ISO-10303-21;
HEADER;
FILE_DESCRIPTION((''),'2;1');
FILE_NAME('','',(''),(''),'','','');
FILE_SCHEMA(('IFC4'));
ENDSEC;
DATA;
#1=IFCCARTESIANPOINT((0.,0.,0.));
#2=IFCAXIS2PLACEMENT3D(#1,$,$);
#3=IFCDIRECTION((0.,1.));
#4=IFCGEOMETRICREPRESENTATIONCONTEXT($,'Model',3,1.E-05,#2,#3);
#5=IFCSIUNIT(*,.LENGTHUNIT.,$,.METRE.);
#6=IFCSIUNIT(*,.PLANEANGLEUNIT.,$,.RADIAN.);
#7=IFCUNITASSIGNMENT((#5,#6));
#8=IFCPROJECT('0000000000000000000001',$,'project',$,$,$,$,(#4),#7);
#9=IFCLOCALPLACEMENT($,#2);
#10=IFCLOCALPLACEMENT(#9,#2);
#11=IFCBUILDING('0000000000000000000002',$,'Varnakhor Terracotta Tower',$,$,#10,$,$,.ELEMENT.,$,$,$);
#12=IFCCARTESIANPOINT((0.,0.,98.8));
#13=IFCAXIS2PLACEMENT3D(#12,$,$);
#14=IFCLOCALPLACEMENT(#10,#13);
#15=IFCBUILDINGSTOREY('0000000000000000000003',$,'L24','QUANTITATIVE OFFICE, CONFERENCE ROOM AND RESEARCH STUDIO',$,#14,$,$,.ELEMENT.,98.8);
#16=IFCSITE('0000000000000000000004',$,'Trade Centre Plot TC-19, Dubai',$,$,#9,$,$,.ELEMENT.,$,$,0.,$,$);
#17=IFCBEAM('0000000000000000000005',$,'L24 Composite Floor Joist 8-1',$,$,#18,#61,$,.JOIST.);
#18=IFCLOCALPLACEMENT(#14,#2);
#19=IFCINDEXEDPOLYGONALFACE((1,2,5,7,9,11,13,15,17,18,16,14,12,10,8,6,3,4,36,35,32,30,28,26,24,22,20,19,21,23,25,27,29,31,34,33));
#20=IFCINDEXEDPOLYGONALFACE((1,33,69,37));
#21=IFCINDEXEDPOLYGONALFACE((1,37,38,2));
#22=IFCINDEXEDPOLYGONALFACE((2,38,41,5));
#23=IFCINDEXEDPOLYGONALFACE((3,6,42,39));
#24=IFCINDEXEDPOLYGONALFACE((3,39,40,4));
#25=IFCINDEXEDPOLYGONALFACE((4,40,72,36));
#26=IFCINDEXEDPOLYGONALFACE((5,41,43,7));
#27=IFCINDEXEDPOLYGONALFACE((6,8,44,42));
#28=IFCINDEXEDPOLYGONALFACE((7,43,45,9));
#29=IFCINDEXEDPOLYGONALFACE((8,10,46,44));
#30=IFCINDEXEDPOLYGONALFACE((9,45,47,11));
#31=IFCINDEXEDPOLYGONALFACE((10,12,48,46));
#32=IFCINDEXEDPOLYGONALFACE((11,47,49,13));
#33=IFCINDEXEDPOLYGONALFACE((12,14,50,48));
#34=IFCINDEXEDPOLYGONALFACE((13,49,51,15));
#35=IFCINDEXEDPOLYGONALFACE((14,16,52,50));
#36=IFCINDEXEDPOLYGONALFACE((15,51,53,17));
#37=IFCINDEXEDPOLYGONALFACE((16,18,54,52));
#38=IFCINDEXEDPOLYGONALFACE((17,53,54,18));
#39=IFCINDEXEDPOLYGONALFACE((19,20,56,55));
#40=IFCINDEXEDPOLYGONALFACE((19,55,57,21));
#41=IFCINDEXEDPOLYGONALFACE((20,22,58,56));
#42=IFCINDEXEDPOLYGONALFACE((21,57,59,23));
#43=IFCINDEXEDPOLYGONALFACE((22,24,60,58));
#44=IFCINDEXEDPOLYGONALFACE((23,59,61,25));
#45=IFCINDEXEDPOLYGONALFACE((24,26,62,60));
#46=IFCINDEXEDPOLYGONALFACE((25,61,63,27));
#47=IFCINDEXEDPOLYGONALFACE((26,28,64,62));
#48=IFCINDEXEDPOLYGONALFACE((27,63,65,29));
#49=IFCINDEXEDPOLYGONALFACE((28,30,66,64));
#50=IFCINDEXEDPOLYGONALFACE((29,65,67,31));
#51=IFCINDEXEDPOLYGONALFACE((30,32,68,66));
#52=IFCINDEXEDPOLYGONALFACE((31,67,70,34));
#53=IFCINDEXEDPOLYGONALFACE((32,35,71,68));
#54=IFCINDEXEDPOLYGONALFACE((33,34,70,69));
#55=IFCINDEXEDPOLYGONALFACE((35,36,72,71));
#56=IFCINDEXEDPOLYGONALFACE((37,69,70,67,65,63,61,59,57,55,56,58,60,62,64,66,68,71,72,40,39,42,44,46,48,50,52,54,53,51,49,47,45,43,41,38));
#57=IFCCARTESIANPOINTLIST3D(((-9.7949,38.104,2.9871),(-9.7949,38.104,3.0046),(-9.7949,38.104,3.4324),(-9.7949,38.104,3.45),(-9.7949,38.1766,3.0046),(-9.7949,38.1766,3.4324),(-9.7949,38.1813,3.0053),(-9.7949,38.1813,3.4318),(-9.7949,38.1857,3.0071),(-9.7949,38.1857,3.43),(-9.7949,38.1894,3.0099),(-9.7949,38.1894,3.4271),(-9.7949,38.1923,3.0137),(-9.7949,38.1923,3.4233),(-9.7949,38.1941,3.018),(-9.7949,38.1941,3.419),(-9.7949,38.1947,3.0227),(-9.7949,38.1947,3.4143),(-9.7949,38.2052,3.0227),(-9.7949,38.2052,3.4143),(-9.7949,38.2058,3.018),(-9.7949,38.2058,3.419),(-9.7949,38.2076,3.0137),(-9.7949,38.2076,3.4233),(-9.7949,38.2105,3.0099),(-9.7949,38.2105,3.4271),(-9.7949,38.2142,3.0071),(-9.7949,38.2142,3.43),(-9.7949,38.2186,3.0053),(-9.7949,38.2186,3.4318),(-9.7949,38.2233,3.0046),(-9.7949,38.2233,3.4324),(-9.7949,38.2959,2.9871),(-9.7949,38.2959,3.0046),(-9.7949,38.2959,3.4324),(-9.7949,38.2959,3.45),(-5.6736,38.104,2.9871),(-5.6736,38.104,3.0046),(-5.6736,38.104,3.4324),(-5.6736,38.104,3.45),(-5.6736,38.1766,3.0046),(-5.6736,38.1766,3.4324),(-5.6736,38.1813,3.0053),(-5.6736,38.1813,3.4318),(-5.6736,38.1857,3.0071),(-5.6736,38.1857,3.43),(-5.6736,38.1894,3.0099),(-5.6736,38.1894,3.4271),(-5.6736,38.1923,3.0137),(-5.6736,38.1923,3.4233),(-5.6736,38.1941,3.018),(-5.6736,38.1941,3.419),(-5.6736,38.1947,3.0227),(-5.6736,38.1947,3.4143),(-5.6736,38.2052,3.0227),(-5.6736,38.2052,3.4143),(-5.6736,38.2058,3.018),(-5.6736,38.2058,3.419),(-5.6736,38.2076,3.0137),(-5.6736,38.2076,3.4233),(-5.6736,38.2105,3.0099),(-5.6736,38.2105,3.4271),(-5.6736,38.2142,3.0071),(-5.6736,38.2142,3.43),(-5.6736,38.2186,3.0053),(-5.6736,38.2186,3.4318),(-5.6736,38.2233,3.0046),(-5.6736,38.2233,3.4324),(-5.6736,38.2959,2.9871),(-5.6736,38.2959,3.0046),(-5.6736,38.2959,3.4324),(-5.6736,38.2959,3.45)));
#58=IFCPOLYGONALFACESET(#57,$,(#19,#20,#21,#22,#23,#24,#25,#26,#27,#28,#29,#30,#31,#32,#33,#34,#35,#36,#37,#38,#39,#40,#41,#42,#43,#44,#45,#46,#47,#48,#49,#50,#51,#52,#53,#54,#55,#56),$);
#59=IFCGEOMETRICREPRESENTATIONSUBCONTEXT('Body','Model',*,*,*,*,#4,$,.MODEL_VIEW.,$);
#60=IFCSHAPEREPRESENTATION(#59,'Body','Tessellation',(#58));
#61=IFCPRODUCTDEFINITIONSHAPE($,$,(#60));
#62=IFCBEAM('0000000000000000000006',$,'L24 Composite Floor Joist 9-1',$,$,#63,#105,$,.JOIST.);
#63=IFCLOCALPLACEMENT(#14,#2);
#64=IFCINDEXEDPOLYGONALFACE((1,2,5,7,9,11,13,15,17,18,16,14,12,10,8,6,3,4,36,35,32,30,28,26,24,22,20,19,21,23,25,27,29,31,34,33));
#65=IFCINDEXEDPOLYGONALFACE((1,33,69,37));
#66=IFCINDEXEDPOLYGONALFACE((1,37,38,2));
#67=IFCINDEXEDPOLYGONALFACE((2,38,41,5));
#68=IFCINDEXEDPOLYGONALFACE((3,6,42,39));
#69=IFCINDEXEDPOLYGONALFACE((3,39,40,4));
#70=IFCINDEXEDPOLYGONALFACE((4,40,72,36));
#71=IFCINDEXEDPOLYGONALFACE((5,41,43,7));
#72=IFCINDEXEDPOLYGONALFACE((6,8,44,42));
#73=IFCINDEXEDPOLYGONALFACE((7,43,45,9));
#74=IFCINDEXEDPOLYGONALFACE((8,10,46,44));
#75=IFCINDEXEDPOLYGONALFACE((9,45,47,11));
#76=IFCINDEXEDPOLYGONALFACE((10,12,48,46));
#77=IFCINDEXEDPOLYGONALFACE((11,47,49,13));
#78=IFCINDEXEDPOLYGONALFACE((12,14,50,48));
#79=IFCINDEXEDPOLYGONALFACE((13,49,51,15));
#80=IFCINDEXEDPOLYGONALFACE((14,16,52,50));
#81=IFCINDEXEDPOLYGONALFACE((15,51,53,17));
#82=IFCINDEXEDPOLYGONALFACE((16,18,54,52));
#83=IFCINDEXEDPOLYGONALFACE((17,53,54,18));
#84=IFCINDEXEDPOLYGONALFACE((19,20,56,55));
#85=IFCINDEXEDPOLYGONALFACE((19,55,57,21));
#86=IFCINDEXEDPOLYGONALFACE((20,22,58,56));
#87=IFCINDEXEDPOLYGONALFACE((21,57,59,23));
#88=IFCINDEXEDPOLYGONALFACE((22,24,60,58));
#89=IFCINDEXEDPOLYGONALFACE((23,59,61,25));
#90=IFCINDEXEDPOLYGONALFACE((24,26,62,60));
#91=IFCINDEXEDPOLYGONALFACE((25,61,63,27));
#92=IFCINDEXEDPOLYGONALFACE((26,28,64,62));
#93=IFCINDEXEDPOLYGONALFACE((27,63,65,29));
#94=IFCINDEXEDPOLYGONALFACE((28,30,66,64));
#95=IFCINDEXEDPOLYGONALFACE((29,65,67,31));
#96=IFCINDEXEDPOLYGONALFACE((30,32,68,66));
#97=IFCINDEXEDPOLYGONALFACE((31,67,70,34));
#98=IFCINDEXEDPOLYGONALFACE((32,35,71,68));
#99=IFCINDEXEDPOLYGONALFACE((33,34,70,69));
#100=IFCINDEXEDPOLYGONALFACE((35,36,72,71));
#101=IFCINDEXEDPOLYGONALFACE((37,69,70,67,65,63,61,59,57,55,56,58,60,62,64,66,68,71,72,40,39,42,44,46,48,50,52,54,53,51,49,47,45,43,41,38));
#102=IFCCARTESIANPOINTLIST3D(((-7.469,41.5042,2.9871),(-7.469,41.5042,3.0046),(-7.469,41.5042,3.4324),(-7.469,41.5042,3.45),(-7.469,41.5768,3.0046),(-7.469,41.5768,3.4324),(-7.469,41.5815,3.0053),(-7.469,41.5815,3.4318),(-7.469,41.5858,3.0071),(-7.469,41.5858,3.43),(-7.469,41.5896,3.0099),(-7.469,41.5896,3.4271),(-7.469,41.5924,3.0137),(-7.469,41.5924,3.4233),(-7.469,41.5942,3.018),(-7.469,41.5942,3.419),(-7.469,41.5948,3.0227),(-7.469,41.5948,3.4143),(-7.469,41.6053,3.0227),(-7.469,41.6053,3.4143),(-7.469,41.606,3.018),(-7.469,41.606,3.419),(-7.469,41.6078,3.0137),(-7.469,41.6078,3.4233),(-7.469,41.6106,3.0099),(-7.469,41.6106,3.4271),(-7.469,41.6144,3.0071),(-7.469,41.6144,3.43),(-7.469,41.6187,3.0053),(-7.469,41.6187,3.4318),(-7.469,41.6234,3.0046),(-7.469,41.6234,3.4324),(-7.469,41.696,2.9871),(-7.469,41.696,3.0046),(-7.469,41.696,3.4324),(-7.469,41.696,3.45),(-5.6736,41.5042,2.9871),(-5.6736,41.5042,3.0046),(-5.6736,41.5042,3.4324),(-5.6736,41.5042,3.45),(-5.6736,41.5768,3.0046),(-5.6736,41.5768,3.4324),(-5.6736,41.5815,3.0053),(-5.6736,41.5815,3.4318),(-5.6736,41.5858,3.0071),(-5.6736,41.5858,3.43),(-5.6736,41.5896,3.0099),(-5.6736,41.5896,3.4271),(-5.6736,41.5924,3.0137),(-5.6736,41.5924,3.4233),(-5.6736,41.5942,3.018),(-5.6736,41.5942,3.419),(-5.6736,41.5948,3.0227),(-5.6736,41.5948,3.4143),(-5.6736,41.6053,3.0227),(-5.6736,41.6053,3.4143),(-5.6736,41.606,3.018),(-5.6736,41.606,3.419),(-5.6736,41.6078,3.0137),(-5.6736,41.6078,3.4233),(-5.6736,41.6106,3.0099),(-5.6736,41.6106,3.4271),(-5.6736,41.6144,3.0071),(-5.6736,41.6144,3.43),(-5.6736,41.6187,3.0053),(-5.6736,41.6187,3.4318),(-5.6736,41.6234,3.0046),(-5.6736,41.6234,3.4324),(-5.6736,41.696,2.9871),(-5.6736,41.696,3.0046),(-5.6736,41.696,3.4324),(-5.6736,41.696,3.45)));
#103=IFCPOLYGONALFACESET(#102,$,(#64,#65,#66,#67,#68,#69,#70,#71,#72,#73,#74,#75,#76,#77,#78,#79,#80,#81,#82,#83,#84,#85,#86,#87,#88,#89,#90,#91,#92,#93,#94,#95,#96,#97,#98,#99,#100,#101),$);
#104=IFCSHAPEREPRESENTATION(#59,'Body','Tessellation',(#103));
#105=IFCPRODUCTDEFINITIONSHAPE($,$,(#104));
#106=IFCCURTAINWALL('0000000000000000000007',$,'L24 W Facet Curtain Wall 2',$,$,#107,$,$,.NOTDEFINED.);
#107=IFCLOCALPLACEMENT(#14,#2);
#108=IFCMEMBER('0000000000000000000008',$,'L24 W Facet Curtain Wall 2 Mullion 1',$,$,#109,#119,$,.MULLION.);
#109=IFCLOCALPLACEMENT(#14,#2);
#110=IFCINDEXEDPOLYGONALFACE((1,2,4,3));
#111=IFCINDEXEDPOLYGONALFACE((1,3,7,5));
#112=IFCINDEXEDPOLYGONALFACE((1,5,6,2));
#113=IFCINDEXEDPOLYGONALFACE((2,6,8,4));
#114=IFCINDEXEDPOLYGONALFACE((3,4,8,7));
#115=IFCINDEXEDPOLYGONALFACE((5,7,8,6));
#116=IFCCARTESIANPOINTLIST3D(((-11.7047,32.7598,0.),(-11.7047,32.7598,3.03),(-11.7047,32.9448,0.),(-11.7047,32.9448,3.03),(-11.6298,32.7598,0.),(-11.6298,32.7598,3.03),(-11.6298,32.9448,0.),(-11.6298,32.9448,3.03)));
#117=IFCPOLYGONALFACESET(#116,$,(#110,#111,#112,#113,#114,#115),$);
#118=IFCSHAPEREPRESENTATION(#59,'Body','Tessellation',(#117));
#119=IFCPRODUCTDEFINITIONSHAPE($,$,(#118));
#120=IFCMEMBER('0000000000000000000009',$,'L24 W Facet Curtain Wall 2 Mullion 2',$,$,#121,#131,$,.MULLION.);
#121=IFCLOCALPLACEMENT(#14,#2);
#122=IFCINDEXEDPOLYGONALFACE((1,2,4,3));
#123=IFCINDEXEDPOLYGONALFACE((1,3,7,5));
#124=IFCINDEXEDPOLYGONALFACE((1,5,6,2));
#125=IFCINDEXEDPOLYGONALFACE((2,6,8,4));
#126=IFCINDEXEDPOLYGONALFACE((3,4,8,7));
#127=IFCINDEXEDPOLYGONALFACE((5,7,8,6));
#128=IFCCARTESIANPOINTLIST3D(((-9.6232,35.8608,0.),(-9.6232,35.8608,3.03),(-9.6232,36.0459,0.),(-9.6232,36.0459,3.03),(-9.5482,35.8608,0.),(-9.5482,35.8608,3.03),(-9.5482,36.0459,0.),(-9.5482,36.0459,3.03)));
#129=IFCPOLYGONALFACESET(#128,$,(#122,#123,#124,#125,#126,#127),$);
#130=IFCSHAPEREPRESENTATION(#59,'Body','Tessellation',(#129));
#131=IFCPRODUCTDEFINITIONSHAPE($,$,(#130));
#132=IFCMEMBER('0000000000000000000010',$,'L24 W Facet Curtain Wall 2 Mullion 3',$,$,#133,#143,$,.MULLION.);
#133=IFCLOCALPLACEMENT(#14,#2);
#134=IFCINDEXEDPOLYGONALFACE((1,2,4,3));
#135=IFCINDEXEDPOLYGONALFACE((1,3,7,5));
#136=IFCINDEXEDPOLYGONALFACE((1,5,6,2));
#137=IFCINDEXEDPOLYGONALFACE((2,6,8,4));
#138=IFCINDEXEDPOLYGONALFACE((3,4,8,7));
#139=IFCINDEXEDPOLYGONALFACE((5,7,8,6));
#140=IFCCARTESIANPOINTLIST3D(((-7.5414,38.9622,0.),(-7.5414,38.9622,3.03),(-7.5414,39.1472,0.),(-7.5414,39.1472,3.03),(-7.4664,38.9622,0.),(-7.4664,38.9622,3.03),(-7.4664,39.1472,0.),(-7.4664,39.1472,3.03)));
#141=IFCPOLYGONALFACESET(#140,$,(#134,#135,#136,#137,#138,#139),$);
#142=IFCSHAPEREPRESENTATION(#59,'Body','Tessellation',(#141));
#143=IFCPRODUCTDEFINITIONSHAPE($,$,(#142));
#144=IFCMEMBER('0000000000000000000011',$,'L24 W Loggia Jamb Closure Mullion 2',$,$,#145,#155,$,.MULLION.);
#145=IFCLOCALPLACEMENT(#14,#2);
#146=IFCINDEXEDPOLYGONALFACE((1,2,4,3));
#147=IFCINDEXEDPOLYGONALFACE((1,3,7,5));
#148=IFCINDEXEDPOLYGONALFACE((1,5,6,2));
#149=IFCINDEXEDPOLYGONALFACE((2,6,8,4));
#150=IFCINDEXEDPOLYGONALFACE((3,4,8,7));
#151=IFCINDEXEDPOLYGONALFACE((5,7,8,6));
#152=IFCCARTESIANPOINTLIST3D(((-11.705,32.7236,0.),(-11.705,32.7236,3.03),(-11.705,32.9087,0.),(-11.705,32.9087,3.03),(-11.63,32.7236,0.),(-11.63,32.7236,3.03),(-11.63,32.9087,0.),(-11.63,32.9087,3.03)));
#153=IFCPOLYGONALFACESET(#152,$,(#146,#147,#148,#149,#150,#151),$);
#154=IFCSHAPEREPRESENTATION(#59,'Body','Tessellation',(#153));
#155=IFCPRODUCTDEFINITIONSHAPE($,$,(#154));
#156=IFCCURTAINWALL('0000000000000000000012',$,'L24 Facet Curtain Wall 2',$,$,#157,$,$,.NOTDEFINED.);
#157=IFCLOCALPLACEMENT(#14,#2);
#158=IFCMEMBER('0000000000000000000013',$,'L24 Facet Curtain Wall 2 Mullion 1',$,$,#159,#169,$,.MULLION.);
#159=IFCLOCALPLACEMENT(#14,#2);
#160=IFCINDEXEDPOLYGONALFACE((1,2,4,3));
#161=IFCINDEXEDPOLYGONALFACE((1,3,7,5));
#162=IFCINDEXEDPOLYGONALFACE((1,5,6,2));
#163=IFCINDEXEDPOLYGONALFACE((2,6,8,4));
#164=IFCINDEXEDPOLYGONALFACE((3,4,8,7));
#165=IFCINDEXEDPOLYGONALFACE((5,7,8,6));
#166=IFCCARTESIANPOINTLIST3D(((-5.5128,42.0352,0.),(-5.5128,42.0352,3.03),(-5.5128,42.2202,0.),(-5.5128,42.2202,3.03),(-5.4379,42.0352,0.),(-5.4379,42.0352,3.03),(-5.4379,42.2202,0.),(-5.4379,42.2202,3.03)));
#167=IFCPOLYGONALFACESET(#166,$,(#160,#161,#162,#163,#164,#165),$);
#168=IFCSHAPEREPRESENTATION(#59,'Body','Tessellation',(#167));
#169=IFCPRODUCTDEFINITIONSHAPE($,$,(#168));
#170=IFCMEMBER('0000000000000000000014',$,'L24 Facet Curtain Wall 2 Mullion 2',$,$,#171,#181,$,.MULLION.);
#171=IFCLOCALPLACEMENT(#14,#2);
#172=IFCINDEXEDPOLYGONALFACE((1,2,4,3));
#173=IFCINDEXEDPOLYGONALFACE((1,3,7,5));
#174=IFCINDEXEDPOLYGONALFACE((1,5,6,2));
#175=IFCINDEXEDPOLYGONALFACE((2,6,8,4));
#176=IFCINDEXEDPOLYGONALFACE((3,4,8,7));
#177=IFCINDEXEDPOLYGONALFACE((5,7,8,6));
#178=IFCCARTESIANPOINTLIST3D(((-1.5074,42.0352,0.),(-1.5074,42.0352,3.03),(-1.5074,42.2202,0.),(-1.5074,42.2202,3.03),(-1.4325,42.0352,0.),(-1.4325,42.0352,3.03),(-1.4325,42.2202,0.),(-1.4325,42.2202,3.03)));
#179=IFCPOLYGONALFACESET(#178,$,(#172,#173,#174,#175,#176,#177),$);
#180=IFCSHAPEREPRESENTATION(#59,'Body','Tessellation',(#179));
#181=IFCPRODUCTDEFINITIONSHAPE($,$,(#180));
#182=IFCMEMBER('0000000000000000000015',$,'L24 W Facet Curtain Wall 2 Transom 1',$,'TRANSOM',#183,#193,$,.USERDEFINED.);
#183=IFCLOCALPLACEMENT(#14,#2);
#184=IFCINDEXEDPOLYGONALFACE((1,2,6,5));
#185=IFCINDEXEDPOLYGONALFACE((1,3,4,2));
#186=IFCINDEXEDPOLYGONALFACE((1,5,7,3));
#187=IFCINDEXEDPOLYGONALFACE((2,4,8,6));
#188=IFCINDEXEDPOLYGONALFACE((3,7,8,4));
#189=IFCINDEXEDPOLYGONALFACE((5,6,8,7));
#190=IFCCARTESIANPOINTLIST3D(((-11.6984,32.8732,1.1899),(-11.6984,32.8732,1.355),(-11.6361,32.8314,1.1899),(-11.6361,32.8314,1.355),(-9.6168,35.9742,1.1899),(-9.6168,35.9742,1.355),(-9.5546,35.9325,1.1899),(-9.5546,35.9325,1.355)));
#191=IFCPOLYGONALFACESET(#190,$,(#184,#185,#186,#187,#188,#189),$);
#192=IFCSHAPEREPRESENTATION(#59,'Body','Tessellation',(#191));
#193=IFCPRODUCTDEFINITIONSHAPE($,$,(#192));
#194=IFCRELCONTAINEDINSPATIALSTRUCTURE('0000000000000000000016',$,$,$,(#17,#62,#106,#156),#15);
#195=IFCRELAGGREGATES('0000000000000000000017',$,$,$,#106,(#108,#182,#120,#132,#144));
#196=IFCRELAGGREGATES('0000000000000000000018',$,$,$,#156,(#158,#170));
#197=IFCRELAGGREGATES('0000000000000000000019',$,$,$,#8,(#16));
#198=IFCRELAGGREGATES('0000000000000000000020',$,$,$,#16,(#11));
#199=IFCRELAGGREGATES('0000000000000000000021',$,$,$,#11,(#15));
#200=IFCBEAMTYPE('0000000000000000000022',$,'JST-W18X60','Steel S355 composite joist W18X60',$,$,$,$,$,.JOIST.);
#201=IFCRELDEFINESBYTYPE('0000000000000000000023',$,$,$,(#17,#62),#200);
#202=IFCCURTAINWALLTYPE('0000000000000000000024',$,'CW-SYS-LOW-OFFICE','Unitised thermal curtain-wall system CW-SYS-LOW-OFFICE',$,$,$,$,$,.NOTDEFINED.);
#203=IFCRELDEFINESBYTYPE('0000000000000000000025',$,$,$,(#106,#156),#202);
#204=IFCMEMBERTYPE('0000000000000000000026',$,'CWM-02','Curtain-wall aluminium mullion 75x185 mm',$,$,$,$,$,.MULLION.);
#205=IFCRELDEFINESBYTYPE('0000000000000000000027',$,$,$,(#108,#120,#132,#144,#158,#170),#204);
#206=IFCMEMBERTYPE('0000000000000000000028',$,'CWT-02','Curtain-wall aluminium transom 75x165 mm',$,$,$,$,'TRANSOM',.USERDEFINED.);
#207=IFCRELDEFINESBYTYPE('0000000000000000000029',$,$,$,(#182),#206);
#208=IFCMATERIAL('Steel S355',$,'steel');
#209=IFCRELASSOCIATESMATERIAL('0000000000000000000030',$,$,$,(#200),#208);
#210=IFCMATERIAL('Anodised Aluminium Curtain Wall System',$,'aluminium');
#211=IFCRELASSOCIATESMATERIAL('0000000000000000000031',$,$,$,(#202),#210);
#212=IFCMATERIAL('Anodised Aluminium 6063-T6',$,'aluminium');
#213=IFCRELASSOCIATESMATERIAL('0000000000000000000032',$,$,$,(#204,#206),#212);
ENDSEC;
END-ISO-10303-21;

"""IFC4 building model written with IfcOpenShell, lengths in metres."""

from ifc_helpers import new_model, si_unit, direction, frame, origin, origin_2d, place, context, subcontext, project, spatial, rectangle, i_section, extrude, source, transform, mapped, material, material_profile, profile_set, type_object, type_shapes, element, aggregate, save


model = new_model("IFC4")

# Units and contexts
model_context = context("Model", 3, precision=1e-05, world=origin(), true_north=direction((0.0, 1.0)))
body_context = subcontext(model_context, "Body", "Model", "MODEL_VIEW")
ifc_project = project(units=[si_unit("LENGTHUNIT", "METRE"), si_unit("PLANEANGLEUNIT", "RADIAN")], contexts=[model_context])

# Site, building, storey
site_placement = place(None, origin())
site = spatial("IfcSite", under=ifc_project, at=site_placement, Name="Trade Centre Plot TC-19, Dubai", CompositionType="ELEMENT", RefElevation=0.0)
building_placement = place(site_placement, origin())
building = spatial("IfcBuilding", under=site, at=building_placement, Name="Varnakhor Terracotta Tower", CompositionType="ELEMENT")
storey_placement = place(building_placement, frame((0.0, 0.0, 98.8)))
storey = spatial("IfcBuildingStorey", under=building, at=storey_placement, Name="L24", Description="QUANTITATIVE OFFICE, CONFERENCE ROOM AND RESEARCH STUDIO", CompositionType="ELEMENT", Elevation=98.8)

# Beams
ifc_material_1 = material(Name="Steel S355", Category="steel")
ifc_material_profile_1 = material_profile(ifc_material_1, i_section(OverallWidth=0.1919, OverallDepth=0.4629, WebThickness=0.0105, FlangeThickness=0.0176, FilletRadius=0.0181, at=origin_2d()), Name="W18X60")
ifc_profile_set_1 = profile_set([ifc_material_profile_1], Name="Steel S355")
beam_type_1 = type_object("IfcBeamType", Name="JST-W18X60", Description="Steel S355 composite joist W18X60", PredefinedType="JOIST", material=ifc_profile_set_1)
shared_shape_1 = source(origin(), body_context, "Body", "SweptSolid", [
    extrude(i_section(OverallWidth=0.1919, OverallDepth=0.4629, WebThickness=0.0105, FlangeThickness=0.0176, FilletRadius=0.0181, at=origin_2d()), origin(), (0.0, 0.0, 1.0), 4.1213),
])
beam_1_placement = place(storey_placement, frame((-9.7949, 38.2, 3.2185), z_axis=(1.0, 0.0, 0.0), x_axis=(0.0, 1.0, 0.0)))
element("IfcBeam", 1, at=beam_1_placement, inside=storey, type_object=beam_type_1, Name="L24 Composite Floor Joist 8-1", PredefinedType="JOIST", context=body_context, shape_type="MappedRepresentation", body=[
    mapped(shared_shape_1, transform((0.0, 0.0, 0.0), scale=1.0)),
])
shared_shape_2 = source(origin(), body_context, "Body", "SweptSolid", [
    extrude(i_section(OverallWidth=0.1919, OverallDepth=0.4629, WebThickness=0.0105, FlangeThickness=0.0176, FilletRadius=0.0181, at=origin_2d()), origin(), (0.0, 0.0, 1.0), 1.7954),
])
beam_2_placement = place(storey_placement, frame((-7.469, 41.6001, 3.2185), z_axis=(1.0, 0.0, 0.0), x_axis=(0.0, 1.0, 0.0)))
element("IfcBeam", 2, at=beam_2_placement, inside=storey, type_object=beam_type_1, Name="L24 Composite Floor Joist 9-1", PredefinedType="JOIST", context=body_context, shape_type="MappedRepresentation", body=[
    mapped(shared_shape_2, transform((0.0, 0.0, 0.0), scale=1.0)),
])

# Curtain walls, members
ifc_material_2 = material(Name="Anodised Aluminium Curtain Wall System", Category="aluminium")
curtain_wall_type = type_object("IfcCurtainWallType", Name="CW-SYS-LOW-OFFICE", Description="Unitised thermal curtain-wall system CW-SYS-LOW-OFFICE", PredefinedType="NOTDEFINED", material=ifc_material_2)
curtain_wall_1_placement = place(storey_placement, origin())
curtain_wall_1 = element("IfcCurtainWall", 3, at=curtain_wall_1_placement, inside=storey, type_object=curtain_wall_type, Name="L24 W Facet Curtain Wall 2", PredefinedType="NOTDEFINED")
ifc_material_3 = material(Name="Anodised Aluminium 6063-T6", Category="aluminium")
ifc_material_profile_2 = material_profile(ifc_material_3, rectangle(XDim=0.075, YDim=0.1851, at=origin_2d()), Name="ALU MULLION 75x185")
ifc_profile_set_2 = profile_set([ifc_material_profile_2], Name="Anodised Aluminium 6063-T6")
member_type_1 = type_object("IfcMemberType", Name="CWM-02", Description="Curtain-wall aluminium mullion 75x185 mm", PredefinedType="MULLION", material=ifc_profile_set_2)
shared_shape_3 = source(origin(), body_context, "Body", "SweptSolid", [
    extrude(rectangle(XDim=0.075, YDim=0.1851, at=origin_2d()), origin(), (0.0, 0.0, 1.0), 3.03),
])
type_shapes(member_type_1, [shared_shape_3])
member_1_placement = place(storey_placement, frame((-11.6672, 32.8523, 0.0), z_axis=(0.0, 0.0, 1.0), x_axis=(1.0, 0.0, 0.0)))
member_1 = element("IfcMember", 4, at=member_1_placement, type_object=member_type_1, Name="L24 W Facet Curtain Wall 2 Mullion 1", PredefinedType="MULLION", context=body_context, shape_type="MappedRepresentation", body=[
    mapped(shared_shape_3, transform((0.0, 0.0, 0.0), scale=1.0)),
])
member_2_placement = place(storey_placement, frame((-9.5857, 35.9534, 0.0), z_axis=(0.0, 0.0, 1.0), x_axis=(1.0, 0.0, 0.0)))
member_2 = element("IfcMember", 5, at=member_2_placement, type_object=member_type_1, Name="L24 W Facet Curtain Wall 2 Mullion 2", PredefinedType="MULLION", context=body_context, shape_type="MappedRepresentation", body=[
    mapped(shared_shape_3, transform((0.0, 0.0, 0.0), scale=1.0)),
])
member_3_placement = place(storey_placement, frame((-7.5039, 39.0547, 0.0), z_axis=(0.0, 0.0, 1.0), x_axis=(1.0, 0.0, 0.0)))
member_3 = element("IfcMember", 6, at=member_3_placement, type_object=member_type_1, Name="L24 W Facet Curtain Wall 2 Mullion 3", PredefinedType="MULLION", context=body_context, shape_type="MappedRepresentation", body=[
    mapped(shared_shape_3, transform((0.0, 0.0, 0.0), scale=1.0)),
])
member_4_placement = place(storey_placement, frame((-11.6675, 32.8162, 0.0), z_axis=(0.0, 0.0, 1.0), x_axis=(1.0, 0.0, 0.0)))
member_4 = element("IfcMember", 7, at=member_4_placement, type_object=member_type_1, Name="L24 W Loggia Jamb Closure Mullion 2", PredefinedType="MULLION", context=body_context, shape_type="MappedRepresentation", body=[
    mapped(shared_shape_3, transform((0.0, 0.0, 0.0), scale=1.0)),
])
curtain_wall_2_placement = place(storey_placement, origin())
curtain_wall_2 = element("IfcCurtainWall", 8, at=curtain_wall_2_placement, inside=storey, type_object=curtain_wall_type, Name="L24 Facet Curtain Wall 2", PredefinedType="NOTDEFINED")
member_5_placement = place(storey_placement, frame((-5.4753, 42.1277, 0.0), z_axis=(0.0, 0.0, 1.0), x_axis=(1.0, 0.0, 0.0)))
member_5 = element("IfcMember", 9, at=member_5_placement, type_object=member_type_1, Name="L24 Facet Curtain Wall 2 Mullion 1", PredefinedType="MULLION", context=body_context, shape_type="MappedRepresentation", body=[
    mapped(shared_shape_3, transform((0.0, 0.0, 0.0), scale=1.0)),
])
member_6_placement = place(storey_placement, frame((-1.47, 42.1277, 0.0), z_axis=(0.0, 0.0, 1.0), x_axis=(1.0, 0.0, 0.0)))
member_6 = element("IfcMember", 10, at=member_6_placement, type_object=member_type_1, Name="L24 Facet Curtain Wall 2 Mullion 2", PredefinedType="MULLION", context=body_context, shape_type="MappedRepresentation", body=[
    mapped(shared_shape_3, transform((0.0, 0.0, 0.0), scale=1.0)),
])

# Member
ifc_material_profile_3 = material_profile(ifc_material_3, rectangle(XDim=0.075, YDim=0.165, at=origin_2d()), Name="ALU TRANSOM 75x165")
ifc_profile_set_3 = profile_set([ifc_material_profile_3], Name="Anodised Aluminium 6063-T6")
member_type_2 = type_object("IfcMemberType", Name="CWT-02", Description="Curtain-wall aluminium transom 75x165 mm", ElementType="TRANSOM", PredefinedType="USERDEFINED", material=ifc_profile_set_3)
shared_shape_4 = source(origin(), body_context, "Body", "SweptSolid", [
    extrude(rectangle(XDim=0.075, YDim=0.165, at=origin_2d()), origin(), (0.0, 0.0, 1.0), 3.7349),
])
member_7_placement = place(storey_placement, frame((-11.6672, 32.8523, 1.2725), z_axis=(0.557322, 0.830296, 0.0), x_axis=(-0.830296, 0.557322, 0.0)))
member_7 = element("IfcMember", 11, at=member_7_placement, type_object=member_type_2, Name="L24 W Facet Curtain Wall 2 Transom 1", ObjectType="TRANSOM", PredefinedType="USERDEFINED", context=body_context, shape_type="MappedRepresentation", body=[
    mapped(shared_shape_4, transform((0.0, 0.0, 0.0), scale=1.0)),
])

aggregate(curtain_wall_1, [member_1, member_7, member_2, member_3, member_4])
aggregate(curtain_wall_2, [member_5, member_6])

save(model, "model.ifc")
